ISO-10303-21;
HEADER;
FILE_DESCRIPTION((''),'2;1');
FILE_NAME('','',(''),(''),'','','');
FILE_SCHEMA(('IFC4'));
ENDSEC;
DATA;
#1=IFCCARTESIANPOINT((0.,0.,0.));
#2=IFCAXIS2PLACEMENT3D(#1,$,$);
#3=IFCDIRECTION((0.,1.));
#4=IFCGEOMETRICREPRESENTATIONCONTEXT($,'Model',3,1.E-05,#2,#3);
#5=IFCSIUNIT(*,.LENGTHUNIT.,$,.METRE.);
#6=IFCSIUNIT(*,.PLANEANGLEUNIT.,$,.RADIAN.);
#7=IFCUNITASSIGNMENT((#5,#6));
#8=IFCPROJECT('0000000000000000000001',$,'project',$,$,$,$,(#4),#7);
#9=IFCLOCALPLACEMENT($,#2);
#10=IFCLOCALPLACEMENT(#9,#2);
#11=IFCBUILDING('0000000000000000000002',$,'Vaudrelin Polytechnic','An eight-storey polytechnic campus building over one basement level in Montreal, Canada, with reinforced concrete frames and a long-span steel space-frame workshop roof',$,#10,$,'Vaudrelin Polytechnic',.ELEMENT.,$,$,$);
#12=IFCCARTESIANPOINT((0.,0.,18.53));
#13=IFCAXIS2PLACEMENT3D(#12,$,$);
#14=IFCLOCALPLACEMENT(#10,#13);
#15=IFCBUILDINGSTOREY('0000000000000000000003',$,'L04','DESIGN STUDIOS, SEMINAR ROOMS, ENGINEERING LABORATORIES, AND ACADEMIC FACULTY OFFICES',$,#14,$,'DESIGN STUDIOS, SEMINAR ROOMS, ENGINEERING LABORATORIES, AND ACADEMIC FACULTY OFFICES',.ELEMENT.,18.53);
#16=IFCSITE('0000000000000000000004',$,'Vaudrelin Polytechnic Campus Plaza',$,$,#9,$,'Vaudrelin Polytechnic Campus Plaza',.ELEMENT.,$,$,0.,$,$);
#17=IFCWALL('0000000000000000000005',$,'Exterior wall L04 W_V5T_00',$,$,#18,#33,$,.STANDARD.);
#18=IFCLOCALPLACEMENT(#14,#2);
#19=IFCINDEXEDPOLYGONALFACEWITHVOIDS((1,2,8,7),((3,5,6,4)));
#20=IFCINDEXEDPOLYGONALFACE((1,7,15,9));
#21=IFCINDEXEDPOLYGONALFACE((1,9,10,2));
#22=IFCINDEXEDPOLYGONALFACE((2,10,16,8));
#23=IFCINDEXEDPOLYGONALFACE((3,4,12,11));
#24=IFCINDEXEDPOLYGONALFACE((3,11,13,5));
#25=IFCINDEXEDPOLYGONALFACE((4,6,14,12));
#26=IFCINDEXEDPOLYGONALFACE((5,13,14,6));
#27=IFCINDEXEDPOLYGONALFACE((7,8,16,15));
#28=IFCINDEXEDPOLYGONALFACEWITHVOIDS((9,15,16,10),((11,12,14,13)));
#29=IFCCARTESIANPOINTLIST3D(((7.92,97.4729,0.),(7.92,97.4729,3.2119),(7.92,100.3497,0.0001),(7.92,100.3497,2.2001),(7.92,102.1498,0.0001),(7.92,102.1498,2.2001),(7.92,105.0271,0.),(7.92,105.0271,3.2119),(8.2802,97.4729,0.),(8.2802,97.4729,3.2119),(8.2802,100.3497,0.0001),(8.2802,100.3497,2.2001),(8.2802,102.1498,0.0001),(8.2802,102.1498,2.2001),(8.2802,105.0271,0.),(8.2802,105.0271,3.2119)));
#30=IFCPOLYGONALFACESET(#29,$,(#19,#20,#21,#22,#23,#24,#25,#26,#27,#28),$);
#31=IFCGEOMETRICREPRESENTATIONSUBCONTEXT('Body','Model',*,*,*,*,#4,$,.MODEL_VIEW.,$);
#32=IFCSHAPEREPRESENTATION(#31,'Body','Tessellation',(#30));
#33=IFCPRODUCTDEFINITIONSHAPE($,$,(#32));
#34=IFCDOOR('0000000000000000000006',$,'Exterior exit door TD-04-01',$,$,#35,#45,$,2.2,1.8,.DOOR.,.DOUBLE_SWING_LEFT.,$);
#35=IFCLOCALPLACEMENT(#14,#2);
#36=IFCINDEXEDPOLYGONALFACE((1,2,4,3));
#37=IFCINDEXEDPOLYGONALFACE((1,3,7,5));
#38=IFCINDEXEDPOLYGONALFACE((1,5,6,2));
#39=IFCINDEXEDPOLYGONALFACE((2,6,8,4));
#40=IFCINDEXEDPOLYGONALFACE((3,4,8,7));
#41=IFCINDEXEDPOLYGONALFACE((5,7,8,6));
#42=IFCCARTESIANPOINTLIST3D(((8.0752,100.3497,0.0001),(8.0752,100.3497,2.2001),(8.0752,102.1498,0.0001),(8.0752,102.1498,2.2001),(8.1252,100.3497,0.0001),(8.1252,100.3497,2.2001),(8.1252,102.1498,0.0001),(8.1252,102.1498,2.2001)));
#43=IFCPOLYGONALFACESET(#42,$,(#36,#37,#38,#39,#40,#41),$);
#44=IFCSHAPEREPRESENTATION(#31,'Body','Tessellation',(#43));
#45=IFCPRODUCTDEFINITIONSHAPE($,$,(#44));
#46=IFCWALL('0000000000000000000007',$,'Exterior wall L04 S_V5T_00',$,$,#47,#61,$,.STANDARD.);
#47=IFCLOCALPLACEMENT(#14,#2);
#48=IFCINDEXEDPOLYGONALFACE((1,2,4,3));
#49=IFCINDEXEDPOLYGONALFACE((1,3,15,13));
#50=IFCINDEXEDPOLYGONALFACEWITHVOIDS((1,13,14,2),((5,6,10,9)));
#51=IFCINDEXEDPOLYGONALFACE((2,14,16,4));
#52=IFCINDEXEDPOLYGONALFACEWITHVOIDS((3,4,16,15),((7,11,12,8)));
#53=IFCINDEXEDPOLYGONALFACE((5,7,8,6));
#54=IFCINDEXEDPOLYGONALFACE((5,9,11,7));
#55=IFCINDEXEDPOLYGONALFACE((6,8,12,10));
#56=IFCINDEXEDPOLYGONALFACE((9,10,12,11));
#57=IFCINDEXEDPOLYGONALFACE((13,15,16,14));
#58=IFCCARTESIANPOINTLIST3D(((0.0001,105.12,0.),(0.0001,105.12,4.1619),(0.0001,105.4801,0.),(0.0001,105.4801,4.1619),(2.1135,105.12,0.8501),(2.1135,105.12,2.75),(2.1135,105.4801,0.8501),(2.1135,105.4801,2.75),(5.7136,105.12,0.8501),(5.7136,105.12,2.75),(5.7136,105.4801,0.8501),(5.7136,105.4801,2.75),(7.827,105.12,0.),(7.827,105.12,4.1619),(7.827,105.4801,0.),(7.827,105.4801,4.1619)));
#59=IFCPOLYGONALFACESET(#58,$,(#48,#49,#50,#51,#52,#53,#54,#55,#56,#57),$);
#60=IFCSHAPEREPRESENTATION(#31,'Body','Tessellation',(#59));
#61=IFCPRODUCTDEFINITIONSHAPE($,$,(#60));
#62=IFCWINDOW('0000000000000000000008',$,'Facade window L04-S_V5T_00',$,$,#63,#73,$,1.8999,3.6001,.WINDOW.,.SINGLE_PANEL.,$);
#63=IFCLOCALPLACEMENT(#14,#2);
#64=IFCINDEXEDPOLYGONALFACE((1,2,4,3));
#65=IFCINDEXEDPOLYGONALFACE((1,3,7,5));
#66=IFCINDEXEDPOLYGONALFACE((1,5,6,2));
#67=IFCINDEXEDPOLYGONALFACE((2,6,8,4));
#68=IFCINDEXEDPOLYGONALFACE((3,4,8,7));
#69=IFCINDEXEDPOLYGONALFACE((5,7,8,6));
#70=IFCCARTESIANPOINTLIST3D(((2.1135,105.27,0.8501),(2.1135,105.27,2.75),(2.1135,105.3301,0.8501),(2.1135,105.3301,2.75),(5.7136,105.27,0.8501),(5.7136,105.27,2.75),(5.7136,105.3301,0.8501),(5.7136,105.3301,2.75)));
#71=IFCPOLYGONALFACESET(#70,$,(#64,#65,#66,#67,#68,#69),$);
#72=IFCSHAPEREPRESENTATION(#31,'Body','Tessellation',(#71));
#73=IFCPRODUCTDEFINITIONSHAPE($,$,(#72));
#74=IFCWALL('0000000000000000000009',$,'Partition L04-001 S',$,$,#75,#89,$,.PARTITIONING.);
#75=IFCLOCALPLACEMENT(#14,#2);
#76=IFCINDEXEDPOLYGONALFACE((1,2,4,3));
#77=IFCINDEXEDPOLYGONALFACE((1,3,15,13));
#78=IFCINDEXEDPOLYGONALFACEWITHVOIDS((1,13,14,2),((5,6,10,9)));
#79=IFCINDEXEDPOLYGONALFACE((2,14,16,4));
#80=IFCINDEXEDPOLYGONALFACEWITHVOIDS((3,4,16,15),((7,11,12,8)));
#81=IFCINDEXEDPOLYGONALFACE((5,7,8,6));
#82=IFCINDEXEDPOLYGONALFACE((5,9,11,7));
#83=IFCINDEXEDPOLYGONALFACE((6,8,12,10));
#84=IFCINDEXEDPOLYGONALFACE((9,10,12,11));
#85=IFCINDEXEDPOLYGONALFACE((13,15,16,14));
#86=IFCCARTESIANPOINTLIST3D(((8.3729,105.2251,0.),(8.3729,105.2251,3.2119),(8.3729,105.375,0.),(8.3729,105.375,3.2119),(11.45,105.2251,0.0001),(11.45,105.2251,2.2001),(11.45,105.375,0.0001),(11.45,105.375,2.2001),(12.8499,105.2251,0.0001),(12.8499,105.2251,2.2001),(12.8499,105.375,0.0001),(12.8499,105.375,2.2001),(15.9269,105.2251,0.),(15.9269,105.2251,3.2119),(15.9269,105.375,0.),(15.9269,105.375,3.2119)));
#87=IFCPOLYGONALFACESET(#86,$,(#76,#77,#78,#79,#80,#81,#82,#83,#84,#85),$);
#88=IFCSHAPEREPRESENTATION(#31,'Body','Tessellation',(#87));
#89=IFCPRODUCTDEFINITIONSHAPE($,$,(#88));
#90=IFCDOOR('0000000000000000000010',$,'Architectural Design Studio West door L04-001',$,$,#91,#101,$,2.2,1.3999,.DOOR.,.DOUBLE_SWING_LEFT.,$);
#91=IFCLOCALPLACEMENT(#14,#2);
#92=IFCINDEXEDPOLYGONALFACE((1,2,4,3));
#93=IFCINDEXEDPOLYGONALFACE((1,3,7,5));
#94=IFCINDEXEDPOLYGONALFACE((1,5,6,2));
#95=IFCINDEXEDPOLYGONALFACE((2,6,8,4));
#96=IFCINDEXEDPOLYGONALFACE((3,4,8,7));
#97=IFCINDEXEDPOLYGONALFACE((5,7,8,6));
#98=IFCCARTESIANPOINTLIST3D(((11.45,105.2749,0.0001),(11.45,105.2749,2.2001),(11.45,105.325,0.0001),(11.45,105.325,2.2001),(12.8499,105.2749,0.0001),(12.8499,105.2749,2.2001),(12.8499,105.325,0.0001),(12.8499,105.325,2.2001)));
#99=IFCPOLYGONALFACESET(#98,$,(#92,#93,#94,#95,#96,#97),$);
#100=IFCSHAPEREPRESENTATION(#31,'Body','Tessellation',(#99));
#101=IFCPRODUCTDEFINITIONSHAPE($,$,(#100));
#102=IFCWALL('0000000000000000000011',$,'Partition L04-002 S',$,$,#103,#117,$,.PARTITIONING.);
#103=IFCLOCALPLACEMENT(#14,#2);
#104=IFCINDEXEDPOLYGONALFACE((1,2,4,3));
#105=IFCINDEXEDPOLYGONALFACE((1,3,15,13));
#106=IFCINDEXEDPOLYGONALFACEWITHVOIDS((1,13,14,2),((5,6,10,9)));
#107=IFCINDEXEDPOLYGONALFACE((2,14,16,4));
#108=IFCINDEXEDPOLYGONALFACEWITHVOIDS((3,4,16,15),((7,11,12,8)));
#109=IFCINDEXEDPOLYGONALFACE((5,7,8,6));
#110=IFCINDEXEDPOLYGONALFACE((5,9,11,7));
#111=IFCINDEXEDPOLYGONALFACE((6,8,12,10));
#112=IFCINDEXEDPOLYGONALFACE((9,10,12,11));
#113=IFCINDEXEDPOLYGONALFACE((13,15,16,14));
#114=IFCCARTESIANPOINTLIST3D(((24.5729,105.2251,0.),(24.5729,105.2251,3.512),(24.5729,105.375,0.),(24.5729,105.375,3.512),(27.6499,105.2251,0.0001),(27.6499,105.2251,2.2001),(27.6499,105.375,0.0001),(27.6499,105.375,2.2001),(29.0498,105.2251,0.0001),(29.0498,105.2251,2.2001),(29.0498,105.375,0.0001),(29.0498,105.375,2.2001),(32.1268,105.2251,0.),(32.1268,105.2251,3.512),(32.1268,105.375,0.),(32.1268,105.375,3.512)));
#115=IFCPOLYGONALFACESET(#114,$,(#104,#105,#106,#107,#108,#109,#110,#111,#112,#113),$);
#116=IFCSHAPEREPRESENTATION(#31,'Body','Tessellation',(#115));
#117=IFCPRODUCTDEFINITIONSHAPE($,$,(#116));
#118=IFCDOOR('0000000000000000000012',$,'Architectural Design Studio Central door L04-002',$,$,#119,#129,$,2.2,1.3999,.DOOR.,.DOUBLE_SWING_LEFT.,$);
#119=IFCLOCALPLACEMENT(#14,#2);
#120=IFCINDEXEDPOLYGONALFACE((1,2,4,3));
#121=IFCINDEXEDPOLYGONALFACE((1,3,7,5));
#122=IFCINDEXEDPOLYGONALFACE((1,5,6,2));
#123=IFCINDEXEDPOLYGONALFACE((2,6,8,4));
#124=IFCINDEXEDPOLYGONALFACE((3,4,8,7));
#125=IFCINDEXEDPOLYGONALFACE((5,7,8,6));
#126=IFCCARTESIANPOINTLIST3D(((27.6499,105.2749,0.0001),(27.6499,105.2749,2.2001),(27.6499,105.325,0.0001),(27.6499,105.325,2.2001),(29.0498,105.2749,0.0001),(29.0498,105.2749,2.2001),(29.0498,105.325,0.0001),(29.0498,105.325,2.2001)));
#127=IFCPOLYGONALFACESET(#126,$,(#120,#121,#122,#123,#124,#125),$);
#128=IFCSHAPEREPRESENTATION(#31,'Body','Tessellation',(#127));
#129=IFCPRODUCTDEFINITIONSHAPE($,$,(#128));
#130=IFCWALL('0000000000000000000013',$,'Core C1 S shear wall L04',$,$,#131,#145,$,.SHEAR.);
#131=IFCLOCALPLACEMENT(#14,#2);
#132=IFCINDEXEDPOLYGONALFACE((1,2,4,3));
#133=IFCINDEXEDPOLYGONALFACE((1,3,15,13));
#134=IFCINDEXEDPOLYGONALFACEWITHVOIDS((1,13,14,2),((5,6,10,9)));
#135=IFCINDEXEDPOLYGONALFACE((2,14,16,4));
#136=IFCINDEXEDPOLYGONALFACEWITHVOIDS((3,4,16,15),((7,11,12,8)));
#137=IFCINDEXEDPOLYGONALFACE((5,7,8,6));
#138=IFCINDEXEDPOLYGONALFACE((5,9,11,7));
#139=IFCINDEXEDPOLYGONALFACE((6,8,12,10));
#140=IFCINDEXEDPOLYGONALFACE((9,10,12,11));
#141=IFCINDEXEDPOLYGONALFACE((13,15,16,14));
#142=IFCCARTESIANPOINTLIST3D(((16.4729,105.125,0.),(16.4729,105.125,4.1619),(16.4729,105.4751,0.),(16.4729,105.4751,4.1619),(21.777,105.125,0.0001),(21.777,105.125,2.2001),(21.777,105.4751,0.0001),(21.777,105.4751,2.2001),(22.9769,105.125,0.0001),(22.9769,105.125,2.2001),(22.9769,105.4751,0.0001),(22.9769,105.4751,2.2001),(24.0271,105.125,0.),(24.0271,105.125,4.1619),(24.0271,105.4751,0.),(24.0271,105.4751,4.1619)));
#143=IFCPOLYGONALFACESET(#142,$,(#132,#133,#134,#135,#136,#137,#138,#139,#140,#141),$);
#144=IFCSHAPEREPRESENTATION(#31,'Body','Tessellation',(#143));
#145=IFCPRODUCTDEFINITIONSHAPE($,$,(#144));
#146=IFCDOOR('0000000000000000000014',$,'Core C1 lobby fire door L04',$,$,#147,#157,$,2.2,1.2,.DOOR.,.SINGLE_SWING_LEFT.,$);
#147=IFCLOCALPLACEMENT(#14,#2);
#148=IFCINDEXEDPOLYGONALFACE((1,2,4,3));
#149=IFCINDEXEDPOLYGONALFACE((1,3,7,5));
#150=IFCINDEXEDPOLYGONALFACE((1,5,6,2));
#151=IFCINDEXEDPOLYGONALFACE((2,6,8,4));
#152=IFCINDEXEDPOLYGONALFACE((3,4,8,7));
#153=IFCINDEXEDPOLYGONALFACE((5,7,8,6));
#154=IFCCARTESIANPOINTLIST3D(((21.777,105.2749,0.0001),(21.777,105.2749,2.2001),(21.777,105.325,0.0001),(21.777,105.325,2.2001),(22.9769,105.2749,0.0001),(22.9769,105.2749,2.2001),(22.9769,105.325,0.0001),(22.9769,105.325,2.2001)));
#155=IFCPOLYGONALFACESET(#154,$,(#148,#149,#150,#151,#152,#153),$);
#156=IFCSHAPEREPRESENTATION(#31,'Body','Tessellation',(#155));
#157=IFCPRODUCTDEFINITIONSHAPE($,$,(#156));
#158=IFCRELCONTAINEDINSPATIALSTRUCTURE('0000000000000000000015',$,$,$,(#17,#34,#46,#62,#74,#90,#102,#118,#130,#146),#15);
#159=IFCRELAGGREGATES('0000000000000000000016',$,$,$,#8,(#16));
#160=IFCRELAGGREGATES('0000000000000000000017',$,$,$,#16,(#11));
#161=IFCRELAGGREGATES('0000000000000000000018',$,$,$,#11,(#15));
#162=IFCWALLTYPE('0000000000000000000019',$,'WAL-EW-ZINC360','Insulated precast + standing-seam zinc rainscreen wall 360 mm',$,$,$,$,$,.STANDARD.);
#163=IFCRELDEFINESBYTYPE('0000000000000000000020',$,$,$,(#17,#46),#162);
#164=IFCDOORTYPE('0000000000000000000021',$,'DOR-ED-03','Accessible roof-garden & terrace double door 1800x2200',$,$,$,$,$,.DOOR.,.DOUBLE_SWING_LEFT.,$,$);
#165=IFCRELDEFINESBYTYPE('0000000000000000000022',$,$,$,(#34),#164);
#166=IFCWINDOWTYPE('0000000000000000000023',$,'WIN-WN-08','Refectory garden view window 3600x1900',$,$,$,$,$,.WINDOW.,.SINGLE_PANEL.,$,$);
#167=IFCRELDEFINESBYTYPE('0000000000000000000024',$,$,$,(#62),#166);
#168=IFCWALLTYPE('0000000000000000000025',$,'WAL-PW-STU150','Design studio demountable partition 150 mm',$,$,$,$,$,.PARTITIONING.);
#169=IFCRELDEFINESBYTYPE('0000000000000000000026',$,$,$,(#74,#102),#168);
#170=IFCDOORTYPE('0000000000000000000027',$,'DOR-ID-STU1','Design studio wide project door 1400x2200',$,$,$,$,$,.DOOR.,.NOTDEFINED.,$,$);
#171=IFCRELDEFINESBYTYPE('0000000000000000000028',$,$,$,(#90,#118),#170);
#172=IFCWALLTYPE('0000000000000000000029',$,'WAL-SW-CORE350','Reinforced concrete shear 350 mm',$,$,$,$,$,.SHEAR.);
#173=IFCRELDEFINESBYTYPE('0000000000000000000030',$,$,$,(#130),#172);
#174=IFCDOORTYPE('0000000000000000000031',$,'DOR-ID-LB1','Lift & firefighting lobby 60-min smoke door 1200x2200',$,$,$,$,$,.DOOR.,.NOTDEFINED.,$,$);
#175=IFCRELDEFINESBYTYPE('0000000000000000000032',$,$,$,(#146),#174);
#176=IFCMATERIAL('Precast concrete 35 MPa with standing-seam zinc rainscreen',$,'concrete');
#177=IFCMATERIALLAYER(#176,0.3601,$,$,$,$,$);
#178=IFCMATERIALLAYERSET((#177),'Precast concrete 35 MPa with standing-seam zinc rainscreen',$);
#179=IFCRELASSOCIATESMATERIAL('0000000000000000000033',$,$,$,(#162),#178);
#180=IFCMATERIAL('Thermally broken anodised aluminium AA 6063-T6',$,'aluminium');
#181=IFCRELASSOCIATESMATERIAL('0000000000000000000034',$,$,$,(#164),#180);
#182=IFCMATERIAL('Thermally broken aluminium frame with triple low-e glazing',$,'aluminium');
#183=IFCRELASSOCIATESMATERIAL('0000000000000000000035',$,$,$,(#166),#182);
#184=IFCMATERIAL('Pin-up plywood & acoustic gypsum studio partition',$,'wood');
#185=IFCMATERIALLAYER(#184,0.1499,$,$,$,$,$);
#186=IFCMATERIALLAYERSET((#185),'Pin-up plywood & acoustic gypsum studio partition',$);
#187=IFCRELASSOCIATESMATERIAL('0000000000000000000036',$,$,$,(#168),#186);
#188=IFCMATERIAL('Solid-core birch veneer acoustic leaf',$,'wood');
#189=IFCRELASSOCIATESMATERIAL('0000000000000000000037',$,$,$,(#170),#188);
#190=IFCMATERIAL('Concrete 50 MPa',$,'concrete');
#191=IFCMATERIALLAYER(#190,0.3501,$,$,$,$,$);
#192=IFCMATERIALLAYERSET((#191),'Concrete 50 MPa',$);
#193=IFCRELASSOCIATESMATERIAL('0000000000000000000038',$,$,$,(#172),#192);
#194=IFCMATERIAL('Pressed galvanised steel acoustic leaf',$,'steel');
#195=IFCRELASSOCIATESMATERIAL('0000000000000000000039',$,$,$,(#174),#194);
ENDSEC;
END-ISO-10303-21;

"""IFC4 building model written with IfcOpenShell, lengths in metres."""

from ifc_helpers import new_model, si_unit, direction, frame, frame_2d, origin, place, context, subcontext, project, spatial, rectangle, extrude, material, layer, layer_set, type_object, element, fill, save


model = new_model("IFC4")

# Units and contexts
model_context = context("Model", 3, precision=1e-05, world=origin(), true_north=direction((0.0, 1.0)))
body_context = subcontext(model_context, "Body", "Model", "MODEL_VIEW")
ifc_project = project(units=[si_unit("LENGTHUNIT", "METRE"), si_unit("PLANEANGLEUNIT", "RADIAN")], contexts=[model_context])

# Site, building, storey
site_placement = place(None, origin())
site = spatial("IfcSite", under=ifc_project, at=site_placement, Name="Vaudrelin Polytechnic Campus Plaza", LongName="Vaudrelin Polytechnic Campus Plaza", CompositionType="ELEMENT", RefElevation=0.0)
building_placement = place(site_placement, origin())
building = spatial("IfcBuilding", under=site, at=building_placement, Name="Vaudrelin Polytechnic", Description="An eight-storey polytechnic campus building over one basement level in Montreal, Canada, with reinforced concrete frames and a long-span steel space-frame workshop roof", LongName="Vaudrelin Polytechnic", CompositionType="ELEMENT")
storey_placement = place(building_placement, frame((0.0, 0.0, 18.53)))
storey = spatial("IfcBuildingStorey", under=building, at=storey_placement, Name="L04", Description="DESIGN STUDIOS, SEMINAR ROOMS, ENGINEERING LABORATORIES, AND ACADEMIC FACULTY OFFICES", LongName="DESIGN STUDIOS, SEMINAR ROOMS, ENGINEERING LABORATORIES, AND ACADEMIC FACULTY OFFICES", CompositionType="ELEMENT", Elevation=18.53)

# Shared definitions
ifc_material_1 = material(Name="Concrete 50 MPa", Category="concrete")

# Shared definitions
ifc_material_2 = material(Name="Precast concrete 35 MPa with standing-seam zinc rainscreen", Category="concrete")
ifc_layer_1 = layer(ifc_material_2, 0.3601)
ifc_layer_set_1 = layer_set([ifc_layer_1], Name="Precast concrete 35 MPa with standing-seam zinc rainscreen")
wall_type_1 = type_object("IfcWallType", Name="WAL-EW-ZINC360", Description="Insulated precast + standing-seam zinc rainscreen wall 360 mm", PredefinedType="STANDARD", material=ifc_layer_set_1)
ifc_material_3 = material(Name="Thermally broken aluminium frame with triple low-e glazing", Category="aluminium")

# Wall, opening, door
wall_1_placement = place(storey_placement, frame((8.1001, 97.4729, 0.0), z_axis=(0.0, 0.0, 1.0), x_axis=(0.0, 1.0, 0.0)))
wall_1 = element("IfcWall", 1, at=wall_1_placement, inside=storey, type_object=wall_type_1, Name="Exterior wall L04 W_V5T_00", PredefinedType="STANDARD", context=body_context, shape_type="SweptSolid", body=[
    extrude(rectangle(XDim=7.5542, YDim=0.3601, at=frame_2d((3.7771, 0.0))), origin(), (0.0, 0.0, 1.0), 3.2119),
])
opening_1_placement = place(wall_1_placement, frame((2.877, 0.0, 0.0)))
opening_1 = element("IfcOpeningElement", 2, at=opening_1_placement, cuts=wall_1, PredefinedType="OPENING", context=body_context, shape_type="SweptSolid", body=[
    extrude(rectangle(XDim=1.8, YDim=2.2, at=frame_2d((0.8999, 1.1001))), frame((0.0, 0.1899, 0.0), z_axis=(0.0, -1.0, 0.0), x_axis=(1.0, 0.0, 0.0)), (0.0, 0.0, 1.0), 0.3801),
])
ifc_material_4 = material(Name="Thermally broken anodised aluminium AA 6063-T6", Category="aluminium")
door_type_1 = type_object("IfcDoorType", Name="DOR-ED-03", Description="Accessible roof-garden & terrace double door 1800x2200", OperationType="DOUBLE_SWING_LEFT", PredefinedType="DOOR", material=ifc_material_4)
door_1_placement = place(opening_1_placement, origin())
door_1 = element("IfcDoor", 3, at=door_1_placement, inside=storey, type_object=door_type_1, Name="Exterior exit door TD-04-01", OperationType="DOUBLE_SWING_LEFT", OverallHeight=2.2, OverallWidth=1.8, PredefinedType="DOOR", context=body_context, shape_type="SweptSolid", body=[
    extrude(rectangle(XDim=1.8, YDim=2.2, at=frame_2d((0.8999, 1.1001))), frame((0.0, 0.0249, 0.0), z_axis=(0.0, -1.0, 0.0), x_axis=(1.0, 0.0, 0.0)), (0.0, 0.0, 1.0), 0.05),
])
fill(opening_1, door_1)

# Wall, opening, window
wall_2_placement = place(storey_placement, frame((0.0, 105.3, 0.0), z_axis=(0.0, 0.0, 1.0), x_axis=(1.0, 0.0, 0.0)))
wall_2 = element("IfcWall", 4, at=wall_2_placement, inside=storey, type_object=wall_type_1, Name="Exterior wall L04 S_V5T_00", PredefinedType="STANDARD", context=body_context, shape_type="SweptSolid", body=[
    extrude(rectangle(XDim=7.8269, YDim=0.3601, at=frame_2d((3.9136, 0.0))), origin(), (0.0, 0.0, 1.0), 4.1619),
])
opening_2_placement = place(wall_2_placement, frame((2.1135, 0.0, 0.8501)))
opening_2 = element("IfcOpeningElement", 5, at=opening_2_placement, cuts=wall_2, PredefinedType="OPENING", context=body_context, shape_type="SweptSolid", body=[
    extrude(rectangle(XDim=3.6001, YDim=1.8999, at=frame_2d((1.8, 0.95))), frame((0.0, 0.1899, 0.0), z_axis=(0.0, -1.0, 0.0), x_axis=(1.0, 0.0, 0.0)), (0.0, 0.0, 1.0), 0.3801),
])
window_type_1 = type_object("IfcWindowType", Name="WIN-WN-08", Description="Refectory garden view window 3600x1900", PartitioningType="SINGLE_PANEL", PredefinedType="WINDOW", material=ifc_material_3)
window_1_placement = place(opening_2_placement, origin())
window_1 = element("IfcWindow", 6, at=window_1_placement, inside=storey, type_object=window_type_1, Name="Facade window L04-S_V5T_00", OverallHeight=1.8999, OverallWidth=3.6001, PartitioningType="SINGLE_PANEL", PredefinedType="WINDOW", context=body_context, shape_type="SweptSolid", body=[
    extrude(rectangle(XDim=3.6001, YDim=1.8999, at=frame_2d((1.8, 0.95))), frame((0.0, 0.03, 0.0), z_axis=(0.0, -1.0, 0.0), x_axis=(1.0, 0.0, 0.0)), (0.0, 0.0, 1.0), 0.0601),
])
fill(opening_2, window_1)

# Walls, openings, doors
ifc_material_5 = material(Name="Pin-up plywood & acoustic gypsum studio partition", Category="wood")
ifc_layer_2 = layer(ifc_material_5, 0.1499)
ifc_layer_set_2 = layer_set([ifc_layer_2], Name="Pin-up plywood & acoustic gypsum studio partition")
wall_type_2 = type_object("IfcWallType", Name="WAL-PW-STU150", Description="Design studio demountable partition 150 mm", PredefinedType="PARTITIONING", material=ifc_layer_set_2)
wall_3_placement = place(storey_placement, frame((8.373, 105.3, 0.0), z_axis=(0.0, 0.0, 1.0), x_axis=(1.0, 0.0, 0.0)))
wall_3 = element("IfcWall", 7, at=wall_3_placement, inside=storey, type_object=wall_type_2, Name="Partition L04-001 S", PredefinedType="PARTITIONING", context=body_context, shape_type="SweptSolid", body=[
    extrude(rectangle(XDim=7.554, YDim=0.1499, at=frame_2d((3.7769, 0.0))), origin(), (0.0, 0.0, 1.0), 3.2119),
])
opening_3_placement = place(wall_3_placement, frame((3.0769, 0.0, 0.0)))
opening_3 = element("IfcOpeningElement", 8, at=opening_3_placement, cuts=wall_3, PredefinedType="OPENING", context=body_context, shape_type="SweptSolid", body=[
    extrude(rectangle(XDim=1.3999, YDim=2.2, at=frame_2d((0.7, 1.1001))), frame((0.0, 0.085, 0.0), z_axis=(0.0, -1.0, 0.0), x_axis=(1.0, 0.0, 0.0)), (0.0, 0.0, 1.0), 0.1699),
])
ifc_material_6 = material(Name="Solid-core birch veneer acoustic leaf", Category="wood")
door_type_2 = type_object("IfcDoorType", Name="DOR-ID-STU1", Description="Design studio wide project door 1400x2200", OperationType="NOTDEFINED", PredefinedType="DOOR", material=ifc_material_6)
door_2_placement = place(opening_3_placement, origin())
door_2 = element("IfcDoor", 9, at=door_2_placement, inside=storey, type_object=door_type_2, Name="Architectural Design Studio West door L04-001", OperationType="DOUBLE_SWING_LEFT", OverallHeight=2.2, OverallWidth=1.3999, PredefinedType="DOOR", context=body_context, shape_type="SweptSolid", body=[
    extrude(rectangle(XDim=1.3999, YDim=2.2, at=frame_2d((0.7, 1.1001))), frame((0.0, 0.0249, 0.0), z_axis=(0.0, -1.0, 0.0), x_axis=(1.0, 0.0, 0.0)), (0.0, 0.0, 1.0), 0.05),
])
fill(opening_3, door_2)
wall_4_placement = place(storey_placement, frame((24.573, 105.3, 0.0), z_axis=(0.0, 0.0, 1.0), x_axis=(1.0, 0.0, 0.0)))
wall_4 = element("IfcWall", 10, at=wall_4_placement, inside=storey, type_object=wall_type_2, Name="Partition L04-002 S", PredefinedType="PARTITIONING", context=body_context, shape_type="SweptSolid", body=[
    extrude(rectangle(XDim=7.554, YDim=0.1499, at=frame_2d((3.7769, 0.0))), origin(), (0.0, 0.0, 1.0), 3.512),
])
opening_4_placement = place(wall_4_placement, frame((3.0769, 0.0, 0.0)))
opening_4 = element("IfcOpeningElement", 11, at=opening_4_placement, cuts=wall_4, PredefinedType="OPENING", context=body_context, shape_type="SweptSolid", body=[
    extrude(rectangle(XDim=1.3999, YDim=2.2, at=frame_2d((0.7, 1.1001))), frame((0.0, 0.085, 0.0), z_axis=(0.0, -1.0, 0.0), x_axis=(1.0, 0.0, 0.0)), (0.0, 0.0, 1.0), 0.1699),
])
door_3_placement = place(opening_4_placement, origin())
door_3 = element("IfcDoor", 12, at=door_3_placement, inside=storey, type_object=door_type_2, Name="Architectural Design Studio Central door L04-002", OperationType="DOUBLE_SWING_LEFT", OverallHeight=2.2, OverallWidth=1.3999, PredefinedType="DOOR", context=body_context, shape_type="SweptSolid", body=[
    extrude(rectangle(XDim=1.3999, YDim=2.2, at=frame_2d((0.7, 1.1001))), frame((0.0, 0.0249, 0.0), z_axis=(0.0, -1.0, 0.0), x_axis=(1.0, 0.0, 0.0)), (0.0, 0.0, 1.0), 0.05),
])
fill(opening_4, door_3)
ifc_layer_3 = layer(ifc_material_1, 0.3501)
ifc_layer_set_3 = layer_set([ifc_layer_3], Name="Concrete 50 MPa")
wall_type_3 = type_object("IfcWallType", Name="WAL-SW-CORE350", Description="Reinforced concrete shear 350 mm", PredefinedType="SHEAR", material=ifc_layer_set_3)
wall_5_placement = place(storey_placement, frame((16.4729, 105.3, 0.0), z_axis=(0.0, 0.0, 1.0), x_axis=(1.0, 0.0, 0.0)))
wall_5 = element("IfcWall", 13, at=wall_5_placement, inside=storey, type_object=wall_type_3, Name="Core C1 S shear wall L04", PredefinedType="SHEAR", context=body_context, shape_type="SweptSolid", body=[
    extrude(rectangle(XDim=7.5542, YDim=0.3501, at=frame_2d((3.7771, 0.0))), origin(), (0.0, 0.0, 1.0), 4.1619),
])
opening_5_placement = place(wall_5_placement, frame((5.304, 0.0, 0.0)))
opening_5 = element("IfcOpeningElement", 14, at=opening_5_placement, cuts=wall_5, PredefinedType="OPENING", context=body_context, shape_type="SweptSolid", body=[
    extrude(rectangle(XDim=1.2, YDim=2.2, at=frame_2d((0.6001, 1.1001))), frame((0.0, 0.1851, 0.0), z_axis=(0.0, -1.0, 0.0), x_axis=(1.0, 0.0, 0.0)), (0.0, 0.0, 1.0), 0.3701),
])
ifc_material_7 = material(Name="Pressed galvanised steel acoustic leaf", Category="steel")
door_type_3 = type_object("IfcDoorType", Name="DOR-ID-LB1", Description="Lift & firefighting lobby 60-min smoke door 1200x2200", OperationType="NOTDEFINED", PredefinedType="DOOR", material=ifc_material_7)
door_4_placement = place(opening_5_placement, origin())
door_4 = element("IfcDoor", 15, at=door_4_placement, inside=storey, type_object=door_type_3, Name="Core C1 lobby fire door L04", OperationType="SINGLE_SWING_LEFT", OverallHeight=2.2, OverallWidth=1.2, PredefinedType="DOOR", context=body_context, shape_type="SweptSolid", body=[
    extrude(rectangle(XDim=1.2, YDim=2.2, at=frame_2d((0.6001, 1.1001))), frame((0.0, 0.0249, 0.0), z_axis=(0.0, -1.0, 0.0), x_axis=(1.0, 0.0, 0.0)), (0.0, 0.0, 1.0), 0.05),
])
fill(opening_5, door_4)

save(model, "model.ifc")
